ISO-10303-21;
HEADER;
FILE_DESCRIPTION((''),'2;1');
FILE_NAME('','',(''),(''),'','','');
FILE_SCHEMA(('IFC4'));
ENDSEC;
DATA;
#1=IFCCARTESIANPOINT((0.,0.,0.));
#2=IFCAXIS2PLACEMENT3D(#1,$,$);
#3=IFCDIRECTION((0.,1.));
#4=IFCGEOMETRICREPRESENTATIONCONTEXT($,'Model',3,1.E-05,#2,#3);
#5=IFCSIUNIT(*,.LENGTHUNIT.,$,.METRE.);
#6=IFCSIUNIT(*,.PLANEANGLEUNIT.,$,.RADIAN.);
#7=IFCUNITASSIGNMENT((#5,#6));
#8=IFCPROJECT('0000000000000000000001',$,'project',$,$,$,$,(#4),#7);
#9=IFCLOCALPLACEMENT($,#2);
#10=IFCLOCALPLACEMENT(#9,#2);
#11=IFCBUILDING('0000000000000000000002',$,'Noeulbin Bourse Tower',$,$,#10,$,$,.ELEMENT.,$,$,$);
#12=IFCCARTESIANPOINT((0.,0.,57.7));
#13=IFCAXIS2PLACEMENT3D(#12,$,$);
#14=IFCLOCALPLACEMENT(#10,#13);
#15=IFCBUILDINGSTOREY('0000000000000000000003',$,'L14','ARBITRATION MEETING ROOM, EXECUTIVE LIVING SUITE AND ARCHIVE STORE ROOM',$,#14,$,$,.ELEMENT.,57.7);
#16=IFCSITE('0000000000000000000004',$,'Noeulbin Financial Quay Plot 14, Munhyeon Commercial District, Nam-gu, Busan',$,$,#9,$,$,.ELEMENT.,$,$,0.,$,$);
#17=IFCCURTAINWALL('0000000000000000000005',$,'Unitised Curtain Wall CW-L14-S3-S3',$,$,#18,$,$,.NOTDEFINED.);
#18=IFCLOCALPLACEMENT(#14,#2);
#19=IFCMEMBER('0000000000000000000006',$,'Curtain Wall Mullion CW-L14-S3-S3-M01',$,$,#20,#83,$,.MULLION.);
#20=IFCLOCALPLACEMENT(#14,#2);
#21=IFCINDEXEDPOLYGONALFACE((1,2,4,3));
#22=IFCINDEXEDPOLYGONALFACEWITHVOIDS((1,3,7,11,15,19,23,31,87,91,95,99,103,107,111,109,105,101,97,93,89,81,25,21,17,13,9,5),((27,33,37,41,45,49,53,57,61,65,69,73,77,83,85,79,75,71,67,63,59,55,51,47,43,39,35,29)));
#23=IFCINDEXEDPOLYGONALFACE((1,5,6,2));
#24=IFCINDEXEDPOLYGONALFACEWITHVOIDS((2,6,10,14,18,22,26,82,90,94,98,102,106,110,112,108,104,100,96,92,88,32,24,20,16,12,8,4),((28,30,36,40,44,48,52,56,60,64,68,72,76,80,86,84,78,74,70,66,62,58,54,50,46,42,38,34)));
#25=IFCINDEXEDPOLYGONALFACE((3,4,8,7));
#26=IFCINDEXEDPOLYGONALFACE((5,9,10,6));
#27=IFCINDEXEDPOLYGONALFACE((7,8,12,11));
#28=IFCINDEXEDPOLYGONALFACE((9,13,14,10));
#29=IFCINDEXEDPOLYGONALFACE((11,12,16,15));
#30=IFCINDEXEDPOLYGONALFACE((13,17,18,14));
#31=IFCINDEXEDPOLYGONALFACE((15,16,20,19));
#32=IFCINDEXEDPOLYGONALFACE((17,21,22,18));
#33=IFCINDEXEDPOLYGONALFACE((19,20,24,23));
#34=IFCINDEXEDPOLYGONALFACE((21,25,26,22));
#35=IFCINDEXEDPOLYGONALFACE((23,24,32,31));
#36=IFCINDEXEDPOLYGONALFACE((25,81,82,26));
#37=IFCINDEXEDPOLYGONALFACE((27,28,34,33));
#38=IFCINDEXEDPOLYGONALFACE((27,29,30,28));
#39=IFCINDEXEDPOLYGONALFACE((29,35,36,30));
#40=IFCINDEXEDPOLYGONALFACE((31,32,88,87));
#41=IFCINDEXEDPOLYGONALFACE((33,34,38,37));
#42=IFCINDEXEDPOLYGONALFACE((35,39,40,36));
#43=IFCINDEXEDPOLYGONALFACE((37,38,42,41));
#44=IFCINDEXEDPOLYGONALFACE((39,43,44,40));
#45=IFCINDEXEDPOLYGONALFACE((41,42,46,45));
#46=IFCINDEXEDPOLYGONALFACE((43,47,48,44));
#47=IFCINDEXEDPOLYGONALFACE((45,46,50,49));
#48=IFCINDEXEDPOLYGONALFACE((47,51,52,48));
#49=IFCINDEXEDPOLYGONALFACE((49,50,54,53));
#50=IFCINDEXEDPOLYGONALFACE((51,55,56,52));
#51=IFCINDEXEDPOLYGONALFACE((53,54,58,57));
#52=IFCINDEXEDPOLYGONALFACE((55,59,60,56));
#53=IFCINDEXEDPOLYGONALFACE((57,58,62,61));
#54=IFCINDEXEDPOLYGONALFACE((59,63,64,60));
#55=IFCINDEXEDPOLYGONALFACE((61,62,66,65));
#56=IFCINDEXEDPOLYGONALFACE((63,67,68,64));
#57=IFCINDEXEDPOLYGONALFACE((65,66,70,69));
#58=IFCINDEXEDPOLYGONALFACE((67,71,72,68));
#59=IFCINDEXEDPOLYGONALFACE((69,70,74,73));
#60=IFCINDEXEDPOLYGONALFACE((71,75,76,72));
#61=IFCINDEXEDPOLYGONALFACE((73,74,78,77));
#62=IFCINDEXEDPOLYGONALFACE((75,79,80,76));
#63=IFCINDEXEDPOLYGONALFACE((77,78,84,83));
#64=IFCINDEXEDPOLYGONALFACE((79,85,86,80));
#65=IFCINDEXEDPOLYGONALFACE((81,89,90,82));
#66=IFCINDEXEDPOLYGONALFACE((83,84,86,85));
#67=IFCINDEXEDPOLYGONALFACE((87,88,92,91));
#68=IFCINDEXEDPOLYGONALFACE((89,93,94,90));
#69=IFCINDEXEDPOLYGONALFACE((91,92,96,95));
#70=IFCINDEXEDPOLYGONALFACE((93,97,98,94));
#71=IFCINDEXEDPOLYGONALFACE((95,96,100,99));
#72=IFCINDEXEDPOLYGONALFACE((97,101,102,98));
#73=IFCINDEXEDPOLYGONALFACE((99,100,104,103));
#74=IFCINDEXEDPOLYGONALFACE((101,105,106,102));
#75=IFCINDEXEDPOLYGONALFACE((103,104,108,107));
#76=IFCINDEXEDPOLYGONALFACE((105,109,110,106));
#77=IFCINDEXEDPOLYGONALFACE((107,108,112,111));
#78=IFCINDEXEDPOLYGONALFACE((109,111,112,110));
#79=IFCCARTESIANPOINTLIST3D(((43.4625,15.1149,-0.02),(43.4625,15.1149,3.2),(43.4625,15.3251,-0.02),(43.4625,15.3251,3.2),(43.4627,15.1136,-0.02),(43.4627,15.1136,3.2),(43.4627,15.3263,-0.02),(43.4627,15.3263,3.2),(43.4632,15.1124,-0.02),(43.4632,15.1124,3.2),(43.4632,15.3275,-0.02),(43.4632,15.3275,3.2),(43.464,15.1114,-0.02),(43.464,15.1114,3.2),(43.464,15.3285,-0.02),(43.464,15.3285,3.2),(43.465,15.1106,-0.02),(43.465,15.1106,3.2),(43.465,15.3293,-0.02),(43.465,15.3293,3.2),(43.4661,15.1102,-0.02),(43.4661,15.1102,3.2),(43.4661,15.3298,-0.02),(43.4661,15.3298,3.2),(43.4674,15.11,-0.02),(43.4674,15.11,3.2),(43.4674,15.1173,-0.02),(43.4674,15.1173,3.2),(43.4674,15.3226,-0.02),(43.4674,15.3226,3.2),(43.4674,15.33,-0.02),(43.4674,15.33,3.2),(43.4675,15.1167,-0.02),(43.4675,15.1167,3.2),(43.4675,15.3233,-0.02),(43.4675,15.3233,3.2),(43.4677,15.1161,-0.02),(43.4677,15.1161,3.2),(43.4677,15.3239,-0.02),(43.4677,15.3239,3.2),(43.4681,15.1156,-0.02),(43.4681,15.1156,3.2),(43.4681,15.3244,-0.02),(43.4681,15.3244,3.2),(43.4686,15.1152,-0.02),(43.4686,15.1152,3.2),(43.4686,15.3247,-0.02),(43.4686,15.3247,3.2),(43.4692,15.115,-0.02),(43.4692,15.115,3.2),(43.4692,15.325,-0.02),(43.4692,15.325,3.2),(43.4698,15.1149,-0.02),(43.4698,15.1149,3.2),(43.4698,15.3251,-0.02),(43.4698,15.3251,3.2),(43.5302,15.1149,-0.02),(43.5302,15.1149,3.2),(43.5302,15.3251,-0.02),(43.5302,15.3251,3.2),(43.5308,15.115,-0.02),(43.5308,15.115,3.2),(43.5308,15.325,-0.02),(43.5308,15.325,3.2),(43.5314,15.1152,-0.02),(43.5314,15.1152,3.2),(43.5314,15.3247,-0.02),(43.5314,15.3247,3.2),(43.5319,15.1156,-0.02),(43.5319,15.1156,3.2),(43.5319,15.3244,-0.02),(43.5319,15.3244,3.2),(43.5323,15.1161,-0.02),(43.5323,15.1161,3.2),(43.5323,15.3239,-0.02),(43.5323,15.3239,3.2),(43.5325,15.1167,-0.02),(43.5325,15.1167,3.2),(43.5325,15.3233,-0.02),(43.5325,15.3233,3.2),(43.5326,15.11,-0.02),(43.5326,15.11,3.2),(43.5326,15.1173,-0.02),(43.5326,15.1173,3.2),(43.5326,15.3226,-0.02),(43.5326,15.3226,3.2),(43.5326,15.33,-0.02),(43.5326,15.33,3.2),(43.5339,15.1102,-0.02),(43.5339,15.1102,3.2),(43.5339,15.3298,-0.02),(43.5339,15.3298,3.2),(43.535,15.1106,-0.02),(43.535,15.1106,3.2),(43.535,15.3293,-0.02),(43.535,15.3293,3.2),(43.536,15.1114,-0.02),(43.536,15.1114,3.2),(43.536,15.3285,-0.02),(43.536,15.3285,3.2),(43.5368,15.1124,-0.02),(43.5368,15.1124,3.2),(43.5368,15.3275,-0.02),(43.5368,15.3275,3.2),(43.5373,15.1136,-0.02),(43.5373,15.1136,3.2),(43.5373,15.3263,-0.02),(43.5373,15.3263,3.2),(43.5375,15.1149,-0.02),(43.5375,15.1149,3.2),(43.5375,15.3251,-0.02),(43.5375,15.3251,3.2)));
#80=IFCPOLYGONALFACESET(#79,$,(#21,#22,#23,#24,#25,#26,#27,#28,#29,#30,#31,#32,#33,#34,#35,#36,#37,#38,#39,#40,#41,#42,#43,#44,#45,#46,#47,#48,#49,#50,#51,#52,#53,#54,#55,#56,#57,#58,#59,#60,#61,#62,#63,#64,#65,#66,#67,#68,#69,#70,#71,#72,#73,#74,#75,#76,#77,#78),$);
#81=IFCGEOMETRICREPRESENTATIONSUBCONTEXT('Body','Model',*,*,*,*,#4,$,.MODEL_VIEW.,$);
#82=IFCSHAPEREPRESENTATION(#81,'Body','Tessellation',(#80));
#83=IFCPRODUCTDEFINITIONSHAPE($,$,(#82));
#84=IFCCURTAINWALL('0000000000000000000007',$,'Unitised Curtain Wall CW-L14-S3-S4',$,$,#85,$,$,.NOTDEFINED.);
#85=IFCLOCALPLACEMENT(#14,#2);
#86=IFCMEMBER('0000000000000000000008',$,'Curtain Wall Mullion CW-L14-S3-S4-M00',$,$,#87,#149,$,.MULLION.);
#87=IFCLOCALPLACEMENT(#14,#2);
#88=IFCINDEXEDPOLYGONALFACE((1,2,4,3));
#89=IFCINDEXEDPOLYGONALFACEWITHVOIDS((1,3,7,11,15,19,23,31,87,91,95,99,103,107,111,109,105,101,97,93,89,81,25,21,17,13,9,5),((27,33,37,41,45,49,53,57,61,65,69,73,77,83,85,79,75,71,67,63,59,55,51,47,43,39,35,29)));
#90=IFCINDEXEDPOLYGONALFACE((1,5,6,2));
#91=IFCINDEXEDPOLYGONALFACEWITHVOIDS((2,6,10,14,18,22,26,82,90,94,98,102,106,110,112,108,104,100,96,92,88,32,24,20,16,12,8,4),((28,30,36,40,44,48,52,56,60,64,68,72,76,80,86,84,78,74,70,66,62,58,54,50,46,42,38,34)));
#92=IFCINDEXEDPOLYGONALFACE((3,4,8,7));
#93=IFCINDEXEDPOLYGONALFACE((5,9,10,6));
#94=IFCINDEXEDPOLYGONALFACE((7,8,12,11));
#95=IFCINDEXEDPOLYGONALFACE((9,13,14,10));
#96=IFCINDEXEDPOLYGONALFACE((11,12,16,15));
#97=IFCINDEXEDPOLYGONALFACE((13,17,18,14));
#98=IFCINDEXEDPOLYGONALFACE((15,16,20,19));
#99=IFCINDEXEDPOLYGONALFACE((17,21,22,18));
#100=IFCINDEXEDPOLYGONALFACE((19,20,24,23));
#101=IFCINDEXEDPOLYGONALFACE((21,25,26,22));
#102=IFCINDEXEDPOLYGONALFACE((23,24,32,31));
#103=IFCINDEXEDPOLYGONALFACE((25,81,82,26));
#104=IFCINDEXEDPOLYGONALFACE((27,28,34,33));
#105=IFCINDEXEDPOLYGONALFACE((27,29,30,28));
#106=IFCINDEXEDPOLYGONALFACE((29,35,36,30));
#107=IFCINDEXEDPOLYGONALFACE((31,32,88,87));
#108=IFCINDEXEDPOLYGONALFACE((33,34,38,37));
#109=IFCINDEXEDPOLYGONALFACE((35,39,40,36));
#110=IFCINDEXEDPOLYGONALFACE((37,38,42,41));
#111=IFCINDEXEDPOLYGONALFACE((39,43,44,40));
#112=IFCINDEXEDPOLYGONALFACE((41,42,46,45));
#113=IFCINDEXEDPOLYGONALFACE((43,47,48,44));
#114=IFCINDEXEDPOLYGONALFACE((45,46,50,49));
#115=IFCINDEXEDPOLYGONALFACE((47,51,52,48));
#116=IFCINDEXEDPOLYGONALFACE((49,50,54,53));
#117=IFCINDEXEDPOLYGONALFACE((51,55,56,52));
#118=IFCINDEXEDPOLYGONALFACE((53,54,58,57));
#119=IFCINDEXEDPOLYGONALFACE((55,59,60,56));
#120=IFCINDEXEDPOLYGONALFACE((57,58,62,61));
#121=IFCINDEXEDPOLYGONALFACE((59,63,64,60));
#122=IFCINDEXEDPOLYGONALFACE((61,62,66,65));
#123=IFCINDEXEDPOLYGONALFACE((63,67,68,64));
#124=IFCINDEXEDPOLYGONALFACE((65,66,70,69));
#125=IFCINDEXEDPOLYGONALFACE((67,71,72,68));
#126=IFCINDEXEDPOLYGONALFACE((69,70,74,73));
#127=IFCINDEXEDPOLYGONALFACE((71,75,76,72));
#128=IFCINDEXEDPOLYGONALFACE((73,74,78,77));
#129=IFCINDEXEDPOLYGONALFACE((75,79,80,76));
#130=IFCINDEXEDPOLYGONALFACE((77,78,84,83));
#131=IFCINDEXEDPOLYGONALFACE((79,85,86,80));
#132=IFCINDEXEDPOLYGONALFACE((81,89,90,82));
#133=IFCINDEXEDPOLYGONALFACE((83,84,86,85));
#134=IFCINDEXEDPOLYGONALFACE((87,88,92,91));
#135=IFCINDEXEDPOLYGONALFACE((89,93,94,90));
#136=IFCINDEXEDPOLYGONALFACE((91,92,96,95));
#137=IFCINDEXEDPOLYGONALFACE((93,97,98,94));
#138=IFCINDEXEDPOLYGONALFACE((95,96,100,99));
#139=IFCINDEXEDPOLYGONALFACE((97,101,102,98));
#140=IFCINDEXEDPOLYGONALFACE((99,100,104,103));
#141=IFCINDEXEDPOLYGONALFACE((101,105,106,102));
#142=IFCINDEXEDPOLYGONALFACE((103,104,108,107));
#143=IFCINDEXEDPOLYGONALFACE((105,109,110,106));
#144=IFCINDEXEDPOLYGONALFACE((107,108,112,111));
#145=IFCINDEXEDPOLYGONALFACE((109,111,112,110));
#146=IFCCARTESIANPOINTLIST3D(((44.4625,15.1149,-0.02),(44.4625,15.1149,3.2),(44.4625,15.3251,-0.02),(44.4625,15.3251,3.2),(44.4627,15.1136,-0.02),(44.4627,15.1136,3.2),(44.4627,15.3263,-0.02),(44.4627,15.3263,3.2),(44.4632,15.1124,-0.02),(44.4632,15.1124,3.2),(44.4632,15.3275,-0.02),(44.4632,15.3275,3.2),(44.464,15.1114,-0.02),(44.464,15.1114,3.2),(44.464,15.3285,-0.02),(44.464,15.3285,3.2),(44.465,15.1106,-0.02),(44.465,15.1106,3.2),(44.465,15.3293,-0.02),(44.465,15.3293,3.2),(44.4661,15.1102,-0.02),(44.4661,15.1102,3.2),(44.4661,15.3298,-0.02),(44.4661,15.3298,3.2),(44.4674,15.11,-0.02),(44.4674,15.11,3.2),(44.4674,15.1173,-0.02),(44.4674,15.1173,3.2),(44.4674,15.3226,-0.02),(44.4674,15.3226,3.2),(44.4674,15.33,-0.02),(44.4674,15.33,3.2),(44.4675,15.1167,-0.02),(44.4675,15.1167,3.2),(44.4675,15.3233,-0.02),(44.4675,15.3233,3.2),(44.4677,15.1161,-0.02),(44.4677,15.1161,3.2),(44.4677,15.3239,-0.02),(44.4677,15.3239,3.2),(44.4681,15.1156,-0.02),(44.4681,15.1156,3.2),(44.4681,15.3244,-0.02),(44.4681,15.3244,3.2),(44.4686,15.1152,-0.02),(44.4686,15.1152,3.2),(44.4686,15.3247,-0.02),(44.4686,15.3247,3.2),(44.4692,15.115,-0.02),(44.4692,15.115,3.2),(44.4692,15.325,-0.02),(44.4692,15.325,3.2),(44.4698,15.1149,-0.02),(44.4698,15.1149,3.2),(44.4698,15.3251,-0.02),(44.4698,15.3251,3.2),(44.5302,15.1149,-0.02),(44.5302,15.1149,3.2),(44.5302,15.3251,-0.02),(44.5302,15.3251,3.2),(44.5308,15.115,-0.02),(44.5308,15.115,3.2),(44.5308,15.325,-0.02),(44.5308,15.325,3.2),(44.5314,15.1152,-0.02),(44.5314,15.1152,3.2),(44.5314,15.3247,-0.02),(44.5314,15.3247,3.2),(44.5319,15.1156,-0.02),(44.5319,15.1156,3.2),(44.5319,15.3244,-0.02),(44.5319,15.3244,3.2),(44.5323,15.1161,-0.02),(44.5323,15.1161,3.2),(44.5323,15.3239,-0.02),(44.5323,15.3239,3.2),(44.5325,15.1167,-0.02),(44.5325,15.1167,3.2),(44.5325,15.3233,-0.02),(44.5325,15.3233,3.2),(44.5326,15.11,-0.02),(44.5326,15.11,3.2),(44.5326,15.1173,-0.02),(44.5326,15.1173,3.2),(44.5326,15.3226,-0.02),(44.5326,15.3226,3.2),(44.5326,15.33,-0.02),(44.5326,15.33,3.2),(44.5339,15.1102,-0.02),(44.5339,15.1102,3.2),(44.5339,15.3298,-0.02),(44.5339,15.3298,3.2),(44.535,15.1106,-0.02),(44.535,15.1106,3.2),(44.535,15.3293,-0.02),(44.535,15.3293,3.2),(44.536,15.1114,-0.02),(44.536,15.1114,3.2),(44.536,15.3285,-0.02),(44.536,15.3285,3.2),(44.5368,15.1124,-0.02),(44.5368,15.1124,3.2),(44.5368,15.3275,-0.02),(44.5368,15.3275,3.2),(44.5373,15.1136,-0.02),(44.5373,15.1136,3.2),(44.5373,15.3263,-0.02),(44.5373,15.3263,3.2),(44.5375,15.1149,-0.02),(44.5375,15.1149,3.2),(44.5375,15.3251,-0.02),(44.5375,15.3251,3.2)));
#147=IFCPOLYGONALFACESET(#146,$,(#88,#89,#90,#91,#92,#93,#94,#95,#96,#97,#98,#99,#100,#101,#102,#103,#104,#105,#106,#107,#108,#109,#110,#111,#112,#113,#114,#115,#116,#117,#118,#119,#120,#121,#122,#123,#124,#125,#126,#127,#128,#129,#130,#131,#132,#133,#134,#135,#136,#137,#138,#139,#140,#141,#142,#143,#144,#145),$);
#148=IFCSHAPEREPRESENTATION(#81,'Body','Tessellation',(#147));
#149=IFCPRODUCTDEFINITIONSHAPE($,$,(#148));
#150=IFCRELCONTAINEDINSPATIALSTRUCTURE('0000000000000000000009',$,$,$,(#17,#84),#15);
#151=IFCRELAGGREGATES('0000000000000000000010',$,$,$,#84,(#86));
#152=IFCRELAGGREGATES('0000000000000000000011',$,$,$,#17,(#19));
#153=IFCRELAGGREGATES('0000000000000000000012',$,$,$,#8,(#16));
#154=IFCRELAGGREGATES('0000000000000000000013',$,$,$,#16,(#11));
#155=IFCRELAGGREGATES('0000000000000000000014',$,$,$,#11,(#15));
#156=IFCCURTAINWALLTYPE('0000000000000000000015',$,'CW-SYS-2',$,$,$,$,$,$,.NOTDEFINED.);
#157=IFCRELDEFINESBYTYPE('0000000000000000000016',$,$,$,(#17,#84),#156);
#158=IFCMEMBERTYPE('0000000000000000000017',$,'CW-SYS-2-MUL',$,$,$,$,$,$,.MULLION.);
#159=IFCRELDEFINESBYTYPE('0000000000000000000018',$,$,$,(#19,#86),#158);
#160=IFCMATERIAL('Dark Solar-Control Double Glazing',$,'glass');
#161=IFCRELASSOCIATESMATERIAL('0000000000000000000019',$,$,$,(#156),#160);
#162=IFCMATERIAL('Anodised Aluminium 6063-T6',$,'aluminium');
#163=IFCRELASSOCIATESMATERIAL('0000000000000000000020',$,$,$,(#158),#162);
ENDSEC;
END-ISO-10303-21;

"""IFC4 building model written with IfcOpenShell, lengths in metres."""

from ifc_helpers import new_model, si_unit, direction, frame, origin, origin_2d, place, context, subcontext, project, spatial, hollow_rectangle, extrude, material, material_profile, profile_set, type_object, element, aggregate, save


model = new_model("IFC4")

# Units and contexts
model_context = context("Model", 3, precision=1e-05, world=origin(), true_north=direction((0.0, 1.0)))
body_context = subcontext(model_context, "Body", "Model", "MODEL_VIEW")
ifc_project = project(units=[si_unit("LENGTHUNIT", "METRE"), si_unit("PLANEANGLEUNIT", "RADIAN")], contexts=[model_context])

# Site, building, storey
site_placement = place(None, origin())
site = spatial("IfcSite", under=ifc_project, at=site_placement, Name="Noeulbin Financial Quay Plot 14, Munhyeon Commercial District, Nam-gu, Busan", CompositionType="ELEMENT", RefElevation=0.0)
building_placement = place(site_placement, origin())
building = spatial("IfcBuilding", under=site, at=building_placement, Name="Noeulbin Bourse Tower", CompositionType="ELEMENT")
storey_placement = place(building_placement, frame((0.0, 0.0, 57.7)))
storey = spatial("IfcBuildingStorey", under=building, at=storey_placement, Name="L14", Description="ARBITRATION MEETING ROOM, EXECUTIVE LIVING SUITE AND ARCHIVE STORE ROOM", CompositionType="ELEMENT", Elevation=57.7)

# Curtain walls, members
ifc_material_1 = material(Name="Dark Solar-Control Double Glazing", Category="glass")
curtain_wall_type = type_object("IfcCurtainWallType", Name="CW-SYS-2", PredefinedType="NOTDEFINED", material=ifc_material_1)
curtain_wall_1_placement = place(storey_placement, origin())
curtain_wall_1 = element("IfcCurtainWall", 1, at=curtain_wall_1_placement, inside=storey, type_object=curtain_wall_type, Name="Unitised Curtain Wall CW-L14-S3-S3", PredefinedType="NOTDEFINED")
ifc_material_2 = material(Name="Anodised Aluminium 6063-T6", Category="aluminium")
ifc_material_profile_1 = material_profile(ifc_material_2, hollow_rectangle(XDim=0.075, YDim=0.22, WallThickness=0.0049, InnerFilletRadius=0.0024, OuterFilletRadius=0.0049, at=origin_2d()), Name="ALU-MULL-75x220x5", Category="LoadBearing")
ifc_profile_set_1 = profile_set([ifc_material_profile_1], Name="Anodised Aluminium 6063-T6")
member_type_1 = type_object("IfcMemberType", Name="CW-SYS-2-MUL", PredefinedType="MULLION", material=ifc_profile_set_1)
member_1_placement = place(storey_placement, frame((43.5, 15.22, -0.02), z_axis=(0.0, 0.0, 1.0), x_axis=(1.0, 0.0, 0.0)))
member_1 = element("IfcMember", 2, at=member_1_placement, type_object=member_type_1, Name="Curtain Wall Mullion CW-L14-S3-S3-M01", PredefinedType="MULLION", context=body_context, shape_type="SweptSolid", body=[
    extrude(hollow_rectangle(XDim=0.075, YDim=0.22, WallThickness=0.0049, InnerFilletRadius=0.0024, OuterFilletRadius=0.0049, at=origin_2d()), origin(), (0.0, 0.0, 1.0), 3.22),
])
curtain_wall_2_placement = place(storey_placement, origin())
curtain_wall_2 = element("IfcCurtainWall", 3, at=curtain_wall_2_placement, inside=storey, type_object=curtain_wall_type, Name="Unitised Curtain Wall CW-L14-S3-S4", PredefinedType="NOTDEFINED")
member_2_placement = place(storey_placement, frame((44.5, 15.22, -0.02), z_axis=(0.0, 0.0, 1.0), x_axis=(1.0, 0.0, 0.0)))
member_2 = element("IfcMember", 4, at=member_2_placement, type_object=member_type_1, Name="Curtain Wall Mullion CW-L14-S3-S4-M00", PredefinedType="MULLION", context=body_context, shape_type="SweptSolid", body=[
    extrude(hollow_rectangle(XDim=0.075, YDim=0.22, WallThickness=0.0049, InnerFilletRadius=0.0024, OuterFilletRadius=0.0049, at=origin_2d()), origin(), (0.0, 0.0, 1.0), 3.22),
])
aggregate(curtain_wall_2, [member_2])

aggregate(curtain_wall_1, [member_1])

save(model, "model.ifc")
